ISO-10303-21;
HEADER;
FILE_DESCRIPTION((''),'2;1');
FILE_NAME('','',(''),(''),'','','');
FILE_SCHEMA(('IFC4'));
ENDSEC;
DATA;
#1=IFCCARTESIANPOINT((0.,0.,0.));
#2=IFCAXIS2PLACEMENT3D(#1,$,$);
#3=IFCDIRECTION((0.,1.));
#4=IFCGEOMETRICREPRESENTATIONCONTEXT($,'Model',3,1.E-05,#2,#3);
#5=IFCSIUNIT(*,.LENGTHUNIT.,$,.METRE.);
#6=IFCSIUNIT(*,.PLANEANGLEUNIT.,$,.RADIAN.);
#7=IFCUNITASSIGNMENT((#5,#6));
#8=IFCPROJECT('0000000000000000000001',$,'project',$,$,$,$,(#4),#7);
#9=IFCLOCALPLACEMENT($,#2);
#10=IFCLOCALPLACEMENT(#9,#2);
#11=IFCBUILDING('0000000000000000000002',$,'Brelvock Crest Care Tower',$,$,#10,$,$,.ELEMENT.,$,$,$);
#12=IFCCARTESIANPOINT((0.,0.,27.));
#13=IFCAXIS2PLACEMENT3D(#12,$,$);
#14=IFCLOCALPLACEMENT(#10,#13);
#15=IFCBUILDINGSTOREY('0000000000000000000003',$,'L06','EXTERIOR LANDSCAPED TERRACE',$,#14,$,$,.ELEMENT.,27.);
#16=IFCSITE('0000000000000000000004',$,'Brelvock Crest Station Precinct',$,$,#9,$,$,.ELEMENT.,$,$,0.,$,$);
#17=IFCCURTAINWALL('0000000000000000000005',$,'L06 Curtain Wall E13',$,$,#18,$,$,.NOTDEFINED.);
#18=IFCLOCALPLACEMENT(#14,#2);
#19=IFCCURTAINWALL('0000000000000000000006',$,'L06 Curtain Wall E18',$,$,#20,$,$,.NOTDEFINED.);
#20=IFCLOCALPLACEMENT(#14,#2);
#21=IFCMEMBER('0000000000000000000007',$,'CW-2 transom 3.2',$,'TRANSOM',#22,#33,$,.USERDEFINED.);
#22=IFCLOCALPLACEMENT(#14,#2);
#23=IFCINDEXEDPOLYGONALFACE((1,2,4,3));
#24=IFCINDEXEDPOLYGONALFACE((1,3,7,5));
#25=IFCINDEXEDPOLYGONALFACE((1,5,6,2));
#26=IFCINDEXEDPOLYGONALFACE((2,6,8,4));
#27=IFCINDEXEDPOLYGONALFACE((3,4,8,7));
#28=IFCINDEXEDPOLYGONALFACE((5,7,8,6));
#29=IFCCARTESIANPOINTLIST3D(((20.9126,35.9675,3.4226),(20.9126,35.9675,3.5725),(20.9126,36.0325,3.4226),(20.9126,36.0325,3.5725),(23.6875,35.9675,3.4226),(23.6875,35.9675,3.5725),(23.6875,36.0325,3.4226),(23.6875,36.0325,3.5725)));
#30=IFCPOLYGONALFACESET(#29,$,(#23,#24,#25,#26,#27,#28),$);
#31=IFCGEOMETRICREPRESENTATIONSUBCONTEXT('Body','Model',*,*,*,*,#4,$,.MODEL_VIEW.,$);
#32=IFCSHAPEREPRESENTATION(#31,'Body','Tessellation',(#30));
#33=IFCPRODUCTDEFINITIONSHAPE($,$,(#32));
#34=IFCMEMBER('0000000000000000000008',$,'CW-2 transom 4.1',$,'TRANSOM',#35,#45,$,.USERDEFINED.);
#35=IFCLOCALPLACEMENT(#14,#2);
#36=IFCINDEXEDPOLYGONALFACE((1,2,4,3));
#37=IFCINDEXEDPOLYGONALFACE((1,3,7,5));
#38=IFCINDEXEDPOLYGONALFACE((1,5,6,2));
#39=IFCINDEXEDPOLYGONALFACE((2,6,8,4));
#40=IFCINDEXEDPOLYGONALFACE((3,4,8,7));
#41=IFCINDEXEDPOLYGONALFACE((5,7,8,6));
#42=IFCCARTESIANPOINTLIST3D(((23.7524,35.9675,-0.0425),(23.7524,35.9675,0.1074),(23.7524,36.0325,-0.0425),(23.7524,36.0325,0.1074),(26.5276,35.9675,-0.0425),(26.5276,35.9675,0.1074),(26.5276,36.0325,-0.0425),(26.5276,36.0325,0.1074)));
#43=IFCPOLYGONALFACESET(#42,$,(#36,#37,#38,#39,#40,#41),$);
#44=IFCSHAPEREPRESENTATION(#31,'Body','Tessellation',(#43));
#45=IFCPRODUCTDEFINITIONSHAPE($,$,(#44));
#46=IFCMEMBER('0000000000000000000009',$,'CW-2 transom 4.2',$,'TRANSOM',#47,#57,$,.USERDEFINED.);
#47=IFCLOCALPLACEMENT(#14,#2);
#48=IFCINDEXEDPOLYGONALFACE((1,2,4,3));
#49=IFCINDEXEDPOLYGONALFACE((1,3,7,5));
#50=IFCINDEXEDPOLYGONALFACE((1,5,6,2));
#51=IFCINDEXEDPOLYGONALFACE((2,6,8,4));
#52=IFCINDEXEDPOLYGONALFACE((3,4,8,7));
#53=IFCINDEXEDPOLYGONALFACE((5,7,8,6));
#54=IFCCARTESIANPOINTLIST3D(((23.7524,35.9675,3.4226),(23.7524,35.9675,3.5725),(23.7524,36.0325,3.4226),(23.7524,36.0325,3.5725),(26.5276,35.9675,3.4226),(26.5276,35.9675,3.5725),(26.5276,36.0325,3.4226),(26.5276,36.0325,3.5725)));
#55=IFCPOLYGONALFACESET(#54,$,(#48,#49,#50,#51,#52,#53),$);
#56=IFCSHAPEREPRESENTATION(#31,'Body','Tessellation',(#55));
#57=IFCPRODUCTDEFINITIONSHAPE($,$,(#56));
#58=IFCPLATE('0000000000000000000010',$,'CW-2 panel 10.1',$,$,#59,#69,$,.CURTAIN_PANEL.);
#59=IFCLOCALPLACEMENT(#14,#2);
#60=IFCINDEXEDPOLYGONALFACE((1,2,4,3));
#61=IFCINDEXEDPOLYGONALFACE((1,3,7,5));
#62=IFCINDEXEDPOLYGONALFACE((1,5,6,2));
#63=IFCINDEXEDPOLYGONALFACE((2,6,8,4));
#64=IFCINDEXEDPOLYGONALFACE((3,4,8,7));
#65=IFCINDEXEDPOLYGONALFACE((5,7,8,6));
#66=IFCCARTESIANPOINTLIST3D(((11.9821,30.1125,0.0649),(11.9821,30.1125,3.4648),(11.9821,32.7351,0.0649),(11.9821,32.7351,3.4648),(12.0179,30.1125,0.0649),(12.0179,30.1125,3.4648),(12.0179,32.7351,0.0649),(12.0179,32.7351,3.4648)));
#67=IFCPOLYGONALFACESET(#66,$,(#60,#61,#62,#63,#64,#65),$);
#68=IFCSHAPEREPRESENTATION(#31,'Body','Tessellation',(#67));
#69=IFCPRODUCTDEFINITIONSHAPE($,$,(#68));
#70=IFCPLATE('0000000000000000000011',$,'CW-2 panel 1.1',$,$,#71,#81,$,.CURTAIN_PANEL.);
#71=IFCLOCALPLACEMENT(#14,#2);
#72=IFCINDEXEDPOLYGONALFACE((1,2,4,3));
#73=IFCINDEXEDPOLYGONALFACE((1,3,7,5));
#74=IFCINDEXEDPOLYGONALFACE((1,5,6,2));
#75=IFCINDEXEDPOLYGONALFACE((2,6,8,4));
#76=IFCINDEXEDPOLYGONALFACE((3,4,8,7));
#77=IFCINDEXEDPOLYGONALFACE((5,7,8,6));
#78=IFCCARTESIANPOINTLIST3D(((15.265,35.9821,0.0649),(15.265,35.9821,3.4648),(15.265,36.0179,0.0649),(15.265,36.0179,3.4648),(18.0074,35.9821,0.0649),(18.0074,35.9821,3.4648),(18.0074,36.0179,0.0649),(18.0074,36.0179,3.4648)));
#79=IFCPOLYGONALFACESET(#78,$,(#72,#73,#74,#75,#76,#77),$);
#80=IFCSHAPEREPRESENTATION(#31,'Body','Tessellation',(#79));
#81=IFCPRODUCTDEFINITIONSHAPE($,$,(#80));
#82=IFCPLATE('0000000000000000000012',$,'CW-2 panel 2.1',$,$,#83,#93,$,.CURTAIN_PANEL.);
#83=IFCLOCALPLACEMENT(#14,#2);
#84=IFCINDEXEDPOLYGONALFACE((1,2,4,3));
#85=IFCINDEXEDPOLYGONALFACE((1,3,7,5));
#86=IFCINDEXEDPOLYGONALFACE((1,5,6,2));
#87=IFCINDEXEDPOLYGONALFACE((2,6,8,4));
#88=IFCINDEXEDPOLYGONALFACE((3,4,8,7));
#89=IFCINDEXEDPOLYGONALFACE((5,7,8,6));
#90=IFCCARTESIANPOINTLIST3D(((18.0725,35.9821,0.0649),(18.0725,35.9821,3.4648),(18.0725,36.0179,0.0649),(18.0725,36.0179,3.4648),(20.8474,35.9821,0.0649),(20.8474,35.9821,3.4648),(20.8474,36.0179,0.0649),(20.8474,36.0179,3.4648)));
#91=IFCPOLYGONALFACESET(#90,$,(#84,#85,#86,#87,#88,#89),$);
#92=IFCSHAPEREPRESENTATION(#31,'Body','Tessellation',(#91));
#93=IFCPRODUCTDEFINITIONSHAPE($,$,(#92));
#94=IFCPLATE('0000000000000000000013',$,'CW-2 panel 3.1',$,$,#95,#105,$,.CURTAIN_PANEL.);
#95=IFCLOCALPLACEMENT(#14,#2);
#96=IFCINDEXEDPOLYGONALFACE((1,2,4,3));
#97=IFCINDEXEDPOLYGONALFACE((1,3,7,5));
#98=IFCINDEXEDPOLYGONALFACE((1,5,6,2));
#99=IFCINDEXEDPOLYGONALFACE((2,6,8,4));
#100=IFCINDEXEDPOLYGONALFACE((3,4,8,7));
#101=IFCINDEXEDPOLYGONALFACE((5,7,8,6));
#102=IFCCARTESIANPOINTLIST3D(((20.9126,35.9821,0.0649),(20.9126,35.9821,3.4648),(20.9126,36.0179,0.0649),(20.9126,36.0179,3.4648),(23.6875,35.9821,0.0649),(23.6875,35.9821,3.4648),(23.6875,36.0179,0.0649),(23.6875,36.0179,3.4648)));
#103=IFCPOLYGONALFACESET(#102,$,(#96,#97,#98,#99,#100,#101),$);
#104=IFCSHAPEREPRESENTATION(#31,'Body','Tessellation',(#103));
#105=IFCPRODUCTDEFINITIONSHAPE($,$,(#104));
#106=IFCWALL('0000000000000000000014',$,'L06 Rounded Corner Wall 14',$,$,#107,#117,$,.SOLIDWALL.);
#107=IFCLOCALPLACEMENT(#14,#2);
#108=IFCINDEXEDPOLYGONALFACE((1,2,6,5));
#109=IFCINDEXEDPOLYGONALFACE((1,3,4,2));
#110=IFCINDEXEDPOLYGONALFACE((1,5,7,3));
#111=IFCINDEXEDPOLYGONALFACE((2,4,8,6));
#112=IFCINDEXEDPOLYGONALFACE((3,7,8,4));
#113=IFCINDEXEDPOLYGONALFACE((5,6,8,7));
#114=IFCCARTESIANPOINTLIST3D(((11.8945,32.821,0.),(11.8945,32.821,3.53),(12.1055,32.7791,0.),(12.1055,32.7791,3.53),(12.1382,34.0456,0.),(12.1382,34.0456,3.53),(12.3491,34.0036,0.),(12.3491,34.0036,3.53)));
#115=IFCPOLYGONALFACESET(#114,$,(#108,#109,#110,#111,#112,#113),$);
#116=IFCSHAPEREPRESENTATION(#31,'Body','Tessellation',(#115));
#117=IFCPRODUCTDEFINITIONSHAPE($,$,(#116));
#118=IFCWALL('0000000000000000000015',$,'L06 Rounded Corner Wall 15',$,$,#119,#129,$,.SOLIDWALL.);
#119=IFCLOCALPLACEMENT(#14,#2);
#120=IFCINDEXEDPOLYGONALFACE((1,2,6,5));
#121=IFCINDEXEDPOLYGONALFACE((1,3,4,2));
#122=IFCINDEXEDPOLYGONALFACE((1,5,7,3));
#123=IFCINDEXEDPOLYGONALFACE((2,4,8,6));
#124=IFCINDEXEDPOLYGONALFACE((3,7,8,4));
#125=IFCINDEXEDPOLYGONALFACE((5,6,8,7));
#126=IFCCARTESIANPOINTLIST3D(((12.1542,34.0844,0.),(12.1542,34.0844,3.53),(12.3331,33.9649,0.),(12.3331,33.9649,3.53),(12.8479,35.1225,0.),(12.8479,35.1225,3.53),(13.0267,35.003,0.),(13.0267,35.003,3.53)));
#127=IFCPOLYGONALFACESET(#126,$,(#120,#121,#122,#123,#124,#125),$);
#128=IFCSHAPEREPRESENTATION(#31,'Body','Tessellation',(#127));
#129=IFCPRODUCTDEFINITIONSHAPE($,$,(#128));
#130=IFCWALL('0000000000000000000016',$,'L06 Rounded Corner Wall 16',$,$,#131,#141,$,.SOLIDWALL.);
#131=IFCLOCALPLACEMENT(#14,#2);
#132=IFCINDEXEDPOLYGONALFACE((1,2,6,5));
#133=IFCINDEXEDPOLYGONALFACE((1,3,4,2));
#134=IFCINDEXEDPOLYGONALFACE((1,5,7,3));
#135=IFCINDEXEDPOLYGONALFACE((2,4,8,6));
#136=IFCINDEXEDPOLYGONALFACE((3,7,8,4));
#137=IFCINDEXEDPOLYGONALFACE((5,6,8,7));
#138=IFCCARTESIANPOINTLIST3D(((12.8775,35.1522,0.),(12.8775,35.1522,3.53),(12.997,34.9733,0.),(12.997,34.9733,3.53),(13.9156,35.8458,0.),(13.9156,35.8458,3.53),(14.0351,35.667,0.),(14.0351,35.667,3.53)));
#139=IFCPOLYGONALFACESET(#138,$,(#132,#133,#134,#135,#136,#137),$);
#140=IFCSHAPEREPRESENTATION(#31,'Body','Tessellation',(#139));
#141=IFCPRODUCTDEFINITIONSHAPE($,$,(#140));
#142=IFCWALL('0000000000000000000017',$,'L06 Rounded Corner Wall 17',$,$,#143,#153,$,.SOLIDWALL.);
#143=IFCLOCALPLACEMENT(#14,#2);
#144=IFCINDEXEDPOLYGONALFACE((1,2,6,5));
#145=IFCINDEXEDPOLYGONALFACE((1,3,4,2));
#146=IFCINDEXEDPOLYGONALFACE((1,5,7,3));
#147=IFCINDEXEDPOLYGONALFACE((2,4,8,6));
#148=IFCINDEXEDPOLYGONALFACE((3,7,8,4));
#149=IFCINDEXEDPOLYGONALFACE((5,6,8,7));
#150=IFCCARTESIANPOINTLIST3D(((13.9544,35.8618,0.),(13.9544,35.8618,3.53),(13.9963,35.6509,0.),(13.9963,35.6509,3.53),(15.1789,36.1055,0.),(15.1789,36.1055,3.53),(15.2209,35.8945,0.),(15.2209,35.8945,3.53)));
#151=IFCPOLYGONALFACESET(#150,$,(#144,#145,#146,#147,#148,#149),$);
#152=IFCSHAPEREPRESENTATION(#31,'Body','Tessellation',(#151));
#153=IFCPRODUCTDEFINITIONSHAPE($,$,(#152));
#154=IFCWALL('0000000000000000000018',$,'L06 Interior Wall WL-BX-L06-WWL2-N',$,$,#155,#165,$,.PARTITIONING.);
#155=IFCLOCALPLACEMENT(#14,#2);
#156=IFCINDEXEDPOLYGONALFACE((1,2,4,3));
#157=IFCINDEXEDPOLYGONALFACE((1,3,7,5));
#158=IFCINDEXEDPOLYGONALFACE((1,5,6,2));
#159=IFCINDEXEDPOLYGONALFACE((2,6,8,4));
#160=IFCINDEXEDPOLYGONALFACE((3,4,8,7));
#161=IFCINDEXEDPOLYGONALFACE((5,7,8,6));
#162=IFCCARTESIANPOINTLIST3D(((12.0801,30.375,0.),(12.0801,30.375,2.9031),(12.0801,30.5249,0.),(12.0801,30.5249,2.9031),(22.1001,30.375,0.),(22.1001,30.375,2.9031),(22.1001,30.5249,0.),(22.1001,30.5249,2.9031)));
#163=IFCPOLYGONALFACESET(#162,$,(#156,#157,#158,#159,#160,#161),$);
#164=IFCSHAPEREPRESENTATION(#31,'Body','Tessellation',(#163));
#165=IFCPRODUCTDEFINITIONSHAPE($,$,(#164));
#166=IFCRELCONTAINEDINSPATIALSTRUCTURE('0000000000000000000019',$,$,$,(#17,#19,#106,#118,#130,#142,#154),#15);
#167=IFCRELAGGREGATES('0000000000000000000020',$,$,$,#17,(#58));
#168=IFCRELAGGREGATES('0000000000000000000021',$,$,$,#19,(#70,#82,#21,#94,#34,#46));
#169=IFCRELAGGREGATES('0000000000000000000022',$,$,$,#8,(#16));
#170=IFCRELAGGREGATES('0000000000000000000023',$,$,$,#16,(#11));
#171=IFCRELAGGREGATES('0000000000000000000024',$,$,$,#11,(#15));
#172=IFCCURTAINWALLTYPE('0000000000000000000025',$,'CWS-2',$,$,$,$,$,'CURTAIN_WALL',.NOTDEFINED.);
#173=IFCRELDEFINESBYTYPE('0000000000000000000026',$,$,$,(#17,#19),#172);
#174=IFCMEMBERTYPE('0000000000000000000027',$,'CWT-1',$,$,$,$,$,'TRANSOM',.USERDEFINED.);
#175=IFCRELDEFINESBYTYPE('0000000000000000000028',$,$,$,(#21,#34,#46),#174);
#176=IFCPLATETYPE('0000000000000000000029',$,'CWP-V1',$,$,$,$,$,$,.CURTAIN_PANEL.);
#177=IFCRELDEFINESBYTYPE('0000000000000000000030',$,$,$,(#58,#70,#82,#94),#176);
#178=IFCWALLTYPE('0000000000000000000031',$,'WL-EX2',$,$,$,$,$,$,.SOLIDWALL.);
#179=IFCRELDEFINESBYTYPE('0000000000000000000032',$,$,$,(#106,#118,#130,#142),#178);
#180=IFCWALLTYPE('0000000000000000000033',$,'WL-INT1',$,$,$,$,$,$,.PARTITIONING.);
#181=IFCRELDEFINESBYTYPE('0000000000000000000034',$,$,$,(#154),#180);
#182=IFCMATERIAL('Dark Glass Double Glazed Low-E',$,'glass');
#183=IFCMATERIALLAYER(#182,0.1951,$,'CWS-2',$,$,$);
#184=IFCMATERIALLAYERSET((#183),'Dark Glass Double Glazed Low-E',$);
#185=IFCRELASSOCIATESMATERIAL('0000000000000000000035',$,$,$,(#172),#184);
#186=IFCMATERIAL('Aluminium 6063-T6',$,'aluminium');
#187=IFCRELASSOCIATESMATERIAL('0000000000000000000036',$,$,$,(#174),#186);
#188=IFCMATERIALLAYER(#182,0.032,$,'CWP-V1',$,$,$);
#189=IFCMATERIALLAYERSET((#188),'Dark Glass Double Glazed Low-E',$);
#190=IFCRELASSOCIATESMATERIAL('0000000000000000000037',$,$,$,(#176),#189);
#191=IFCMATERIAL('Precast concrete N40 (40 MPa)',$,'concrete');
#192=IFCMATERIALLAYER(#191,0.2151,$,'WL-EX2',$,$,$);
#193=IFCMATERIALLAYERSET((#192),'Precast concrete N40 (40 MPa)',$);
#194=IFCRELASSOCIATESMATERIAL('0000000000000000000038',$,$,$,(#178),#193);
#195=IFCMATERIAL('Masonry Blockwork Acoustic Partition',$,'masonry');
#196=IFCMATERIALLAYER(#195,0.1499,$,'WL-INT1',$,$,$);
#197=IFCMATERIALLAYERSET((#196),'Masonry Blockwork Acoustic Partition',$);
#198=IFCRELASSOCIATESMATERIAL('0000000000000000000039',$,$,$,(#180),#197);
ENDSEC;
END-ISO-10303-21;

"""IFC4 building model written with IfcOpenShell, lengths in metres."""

from ifc_helpers import new_model, si_unit, direction, frame, frame_2d, origin, origin_2d, place, context, subcontext, project, spatial, rectangle, extrude, source, transform, mapped, material, layer, layer_set, material_profile, profile_set, type_object, element, aggregate, save


model = new_model("IFC4")

# Units and contexts
model_context = context("Model", 3, precision=1e-05, world=origin(), true_north=direction((0.0, 1.0)))
body_context = subcontext(model_context, "Body", "Model", "MODEL_VIEW")
ifc_project = project(units=[si_unit("LENGTHUNIT", "METRE"), si_unit("PLANEANGLEUNIT", "RADIAN")], contexts=[model_context])

# Site, building, storey
site_placement = place(None, origin())
site = spatial("IfcSite", under=ifc_project, at=site_placement, Name="Brelvock Crest Station Precinct", CompositionType="ELEMENT", RefElevation=0.0)
building_placement = place(site_placement, origin())
building = spatial("IfcBuilding", under=site, at=building_placement, Name="Brelvock Crest Care Tower", CompositionType="ELEMENT")
storey_placement = place(building_placement, frame((0.0, 0.0, 27.0)))
storey = spatial("IfcBuildingStorey", under=building, at=storey_placement, Name="L06", Description="EXTERIOR LANDSCAPED TERRACE", CompositionType="ELEMENT", Elevation=27.0)

# Curtain wall
ifc_material_1 = material(Name="Dark Glass Double Glazed Low-E", Category="glass")
ifc_layer_1 = layer(ifc_material_1, 0.1951, Name="CWS-2")
ifc_layer_set_1 = layer_set([ifc_layer_1], Name="Dark Glass Double Glazed Low-E")
curtain_wall_type = type_object("IfcCurtainWallType", Name="CWS-2", ElementType="CURTAIN_WALL", PredefinedType="NOTDEFINED", material=ifc_layer_set_1)
curtain_wall_1_placement = place(storey_placement, origin())
curtain_wall_1 = element("IfcCurtainWall", 1, at=curtain_wall_1_placement, inside=storey, type_object=curtain_wall_type, Name="L06 Curtain Wall E13", PredefinedType="NOTDEFINED")
ifc_material_2 = material(Name="Aluminium 6063-T6", Category="aluminium")

# Curtain wall, members
curtain_wall_2_placement = place(storey_placement, origin())
curtain_wall_2 = element("IfcCurtainWall", 2, at=curtain_wall_2_placement, inside=storey, type_object=curtain_wall_type, Name="L06 Curtain Wall E18", PredefinedType="NOTDEFINED")
ifc_material_profile_1 = material_profile(ifc_material_2, rectangle(XDim=0.0649, YDim=0.1499, at=origin_2d()), Name="ALU65x150")
ifc_profile_set_1 = profile_set([ifc_material_profile_1], Name="Aluminium 6063-T6")
member_type_1 = type_object("IfcMemberType", Name="CWT-1", ElementType="TRANSOM", PredefinedType="USERDEFINED", material=ifc_profile_set_1)
shared_shape_1 = source(origin(), body_context, "Body", "SweptSolid", [
    extrude(rectangle(XDim=0.0649, YDim=0.1499, at=origin_2d()), origin(), (0.0, 0.0, 1.0), 2.7749),
])
member_1_placement = place(storey_placement, frame((20.9126, 36.0, 3.4976), z_axis=(1.0, 0.0, 0.0), x_axis=(0.0, 1.0, 0.0)))
member_1 = element("IfcMember", 3, at=member_1_placement, type_object=member_type_1, Name="CW-2 transom 3.2", ObjectType="TRANSOM", PredefinedType="USERDEFINED", context=body_context, shape_type="MappedRepresentation", body=[
    mapped(shared_shape_1, transform((0.0, 0.0, 0.0), x_axis=(1.0, 0.0, 0.0), y_axis=(0.0, 1.0, 0.0), z_axis=(0.0, 0.0, 1.0), scale=1.0)),
])
shared_shape_2 = source(origin(), body_context, "Body", "SweptSolid", [
    extrude(rectangle(XDim=0.0649, YDim=0.1499, at=origin_2d()), origin(), (0.0, 0.0, 1.0), 2.7751),
])
member_2_placement = place(storey_placement, frame((23.7524, 36.0, 0.0325), z_axis=(1.0, 0.0, 0.0), x_axis=(0.0, 1.0, 0.0)))
member_2 = element("IfcMember", 4, at=member_2_placement, type_object=member_type_1, Name="CW-2 transom 4.1", ObjectType="TRANSOM", PredefinedType="USERDEFINED", context=body_context, shape_type="MappedRepresentation", body=[
    mapped(shared_shape_2, transform((0.0, 0.0, 0.0), x_axis=(1.0, 0.0, 0.0), y_axis=(0.0, 1.0, 0.0), z_axis=(0.0, 0.0, 1.0), scale=1.0)),
])
member_3_placement = place(storey_placement, frame((23.7524, 36.0, 3.4976), z_axis=(1.0, 0.0, 0.0), x_axis=(0.0, 1.0, 0.0)))
member_3 = element("IfcMember", 5, at=member_3_placement, type_object=member_type_1, Name="CW-2 transom 4.2", ObjectType="TRANSOM", PredefinedType="USERDEFINED", context=body_context, shape_type="MappedRepresentation", body=[
    mapped(shared_shape_2, transform((0.0, 0.0, 0.0), x_axis=(1.0, 0.0, 0.0), y_axis=(0.0, 1.0, 0.0), z_axis=(0.0, 0.0, 1.0), scale=1.0)),
])

# Plates
ifc_layer_2 = layer(ifc_material_1, 0.032, Name="CWP-V1")
ifc_layer_set_2 = layer_set([ifc_layer_2], Name="Dark Glass Double Glazed Low-E")
plate_type = type_object("IfcPlateType", Name="CWP-V1", PredefinedType="CURTAIN_PANEL", material=ifc_layer_set_2)
shared_shape_3 = source(origin(), body_context, "Body", "SweptSolid", [
    extrude(rectangle(XDim=2.6226, YDim=0.0359, at=origin_2d()), origin(), (0.0, 0.0, 1.0), 3.3999),
])
plate_1_placement = place(storey_placement, frame((12.0, 31.4238, 0.0649), z_axis=(0.0, 0.0, 1.0), x_axis=(0.0, 1.0, 0.0)))
plate_1 = element("IfcPlate", 6, at=plate_1_placement, type_object=plate_type, Name="CW-2 panel 10.1", PredefinedType="CURTAIN_PANEL", context=body_context, shape_type="MappedRepresentation", body=[
    mapped(shared_shape_3, transform((0.0, 0.0, 0.0), x_axis=(1.0, 0.0, 0.0), y_axis=(0.0, 1.0, 0.0), z_axis=(0.0, 0.0, 1.0), scale=1.0)),
])
aggregate(curtain_wall_1, [plate_1])
shared_shape_4 = source(origin(), body_context, "Body", "SweptSolid", [
    extrude(rectangle(XDim=2.7424, YDim=0.0359, at=origin_2d()), origin(), (0.0, 0.0, 1.0), 3.3999),
])
plate_2_placement = place(storey_placement, frame((16.6362, 36.0, 0.0649), z_axis=(0.0, 0.0, 1.0), x_axis=(1.0, 0.0, 0.0)))
plate_2 = element("IfcPlate", 7, at=plate_2_placement, type_object=plate_type, Name="CW-2 panel 1.1", PredefinedType="CURTAIN_PANEL", context=body_context, shape_type="MappedRepresentation", body=[
    mapped(shared_shape_4, transform((0.0, 0.0, 0.0), x_axis=(1.0, 0.0, 0.0), y_axis=(0.0, 1.0, 0.0), z_axis=(0.0, 0.0, 1.0), scale=1.0)),
])
shared_shape_5 = source(origin(), body_context, "Body", "SweptSolid", [
    extrude(rectangle(XDim=2.7749, YDim=0.0359, at=origin_2d()), origin(), (0.0, 0.0, 1.0), 3.3999),
])
plate_3_placement = place(storey_placement, frame((19.46, 36.0, 0.0649), z_axis=(0.0, 0.0, 1.0), x_axis=(1.0, 0.0, 0.0)))
plate_3 = element("IfcPlate", 8, at=plate_3_placement, type_object=plate_type, Name="CW-2 panel 2.1", PredefinedType="CURTAIN_PANEL", context=body_context, shape_type="MappedRepresentation", body=[
    mapped(shared_shape_5, transform((0.0, 0.0, 0.0), x_axis=(1.0, 0.0, 0.0), y_axis=(0.0, 1.0, 0.0), z_axis=(0.0, 0.0, 1.0), scale=1.0)),
])
plate_4_placement = place(storey_placement, frame((22.3, 36.0, 0.0649), z_axis=(0.0, 0.0, 1.0), x_axis=(1.0, 0.0, 0.0)))
plate_4 = element("IfcPlate", 9, at=plate_4_placement, type_object=plate_type, Name="CW-2 panel 3.1", PredefinedType="CURTAIN_PANEL", context=body_context, shape_type="MappedRepresentation", body=[
    mapped(shared_shape_5, transform((0.0, 0.0, 0.0), x_axis=(1.0, 0.0, 0.0), y_axis=(0.0, 1.0, 0.0), z_axis=(0.0, 0.0, 1.0), scale=1.0)),
])
aggregate(curtain_wall_2, [plate_2, plate_3, member_1, plate_4, member_2, member_3])

# Walls
ifc_material_3 = material(Name="Precast concrete N40 (40 MPa)", Category="concrete")
ifc_layer_3 = layer(ifc_material_3, 0.2151, Name="WL-EX2")
ifc_layer_set_3 = layer_set([ifc_layer_3], Name="Precast concrete N40 (40 MPa)")
wall_type_1 = type_object("IfcWallType", Name="WL-EX2", PredefinedType="SOLIDWALL", material=ifc_layer_set_3)
for number, where, z_axis, x_axis, name in (
    (10, (12.0, 32.8, 0.0), (0.0, 0.0, 1.0), (0.195138, 0.980776, 0.0), "L06 Rounded Corner Wall 14"),
    (11, (12.2437, 34.0247, 0.0), (0.0, 0.0, 1.0), (0.555557, 0.831478, 0.0), "L06 Rounded Corner Wall 15"),
    (12, (12.9373, 35.0627, 0.0), (0.0, 0.0, 1.0), (0.831478, 0.555557, 0.0), "L06 Rounded Corner Wall 16"),
    (13, (13.9753, 35.7563, 0.0), (0.0, 0.0, 1.0), (0.980776, 0.195138, 0.0), "L06 Rounded Corner Wall 17"),
):
    element("IfcWall", number, at=place(storey_placement, frame(where, z_axis=z_axis, x_axis=x_axis)), inside=storey, type_object=wall_type_1, Name=name, PredefinedType="SOLIDWALL", context=body_context, shape_type="SweptSolid", body=[
        extrude(rectangle(XDim=1.2485, YDim=0.2151, at=frame_2d((0.6243, 0.0))), origin(), (0.0, 0.0, 1.0), 3.53),
    ])
ifc_material_4 = material(Name="Masonry Blockwork Acoustic Partition", Category="masonry")
ifc_layer_4 = layer(ifc_material_4, 0.1499, Name="WL-INT1")
ifc_layer_set_4 = layer_set([ifc_layer_4], Name="Masonry Blockwork Acoustic Partition")
wall_type_2 = type_object("IfcWallType", Name="WL-INT1", PredefinedType="PARTITIONING", material=ifc_layer_set_4)
wall_1_placement = place(storey_placement, frame((12.0801, 30.45, 0.0), z_axis=(0.0, 0.0, 1.0), x_axis=(1.0, 0.0, 0.0)))
element("IfcWall", 14, at=wall_1_placement, inside=storey, type_object=wall_type_2, Name="L06 Interior Wall WL-BX-L06-WWL2-N", PredefinedType="PARTITIONING", context=body_context, shape_type="SweptSolid", body=[
    extrude(rectangle(XDim=10.02, YDim=0.1499, at=frame_2d((5.01, 0.0))), origin(), (0.0, 0.0, 1.0), 2.9031),
])

save(model, "model.ifc")
